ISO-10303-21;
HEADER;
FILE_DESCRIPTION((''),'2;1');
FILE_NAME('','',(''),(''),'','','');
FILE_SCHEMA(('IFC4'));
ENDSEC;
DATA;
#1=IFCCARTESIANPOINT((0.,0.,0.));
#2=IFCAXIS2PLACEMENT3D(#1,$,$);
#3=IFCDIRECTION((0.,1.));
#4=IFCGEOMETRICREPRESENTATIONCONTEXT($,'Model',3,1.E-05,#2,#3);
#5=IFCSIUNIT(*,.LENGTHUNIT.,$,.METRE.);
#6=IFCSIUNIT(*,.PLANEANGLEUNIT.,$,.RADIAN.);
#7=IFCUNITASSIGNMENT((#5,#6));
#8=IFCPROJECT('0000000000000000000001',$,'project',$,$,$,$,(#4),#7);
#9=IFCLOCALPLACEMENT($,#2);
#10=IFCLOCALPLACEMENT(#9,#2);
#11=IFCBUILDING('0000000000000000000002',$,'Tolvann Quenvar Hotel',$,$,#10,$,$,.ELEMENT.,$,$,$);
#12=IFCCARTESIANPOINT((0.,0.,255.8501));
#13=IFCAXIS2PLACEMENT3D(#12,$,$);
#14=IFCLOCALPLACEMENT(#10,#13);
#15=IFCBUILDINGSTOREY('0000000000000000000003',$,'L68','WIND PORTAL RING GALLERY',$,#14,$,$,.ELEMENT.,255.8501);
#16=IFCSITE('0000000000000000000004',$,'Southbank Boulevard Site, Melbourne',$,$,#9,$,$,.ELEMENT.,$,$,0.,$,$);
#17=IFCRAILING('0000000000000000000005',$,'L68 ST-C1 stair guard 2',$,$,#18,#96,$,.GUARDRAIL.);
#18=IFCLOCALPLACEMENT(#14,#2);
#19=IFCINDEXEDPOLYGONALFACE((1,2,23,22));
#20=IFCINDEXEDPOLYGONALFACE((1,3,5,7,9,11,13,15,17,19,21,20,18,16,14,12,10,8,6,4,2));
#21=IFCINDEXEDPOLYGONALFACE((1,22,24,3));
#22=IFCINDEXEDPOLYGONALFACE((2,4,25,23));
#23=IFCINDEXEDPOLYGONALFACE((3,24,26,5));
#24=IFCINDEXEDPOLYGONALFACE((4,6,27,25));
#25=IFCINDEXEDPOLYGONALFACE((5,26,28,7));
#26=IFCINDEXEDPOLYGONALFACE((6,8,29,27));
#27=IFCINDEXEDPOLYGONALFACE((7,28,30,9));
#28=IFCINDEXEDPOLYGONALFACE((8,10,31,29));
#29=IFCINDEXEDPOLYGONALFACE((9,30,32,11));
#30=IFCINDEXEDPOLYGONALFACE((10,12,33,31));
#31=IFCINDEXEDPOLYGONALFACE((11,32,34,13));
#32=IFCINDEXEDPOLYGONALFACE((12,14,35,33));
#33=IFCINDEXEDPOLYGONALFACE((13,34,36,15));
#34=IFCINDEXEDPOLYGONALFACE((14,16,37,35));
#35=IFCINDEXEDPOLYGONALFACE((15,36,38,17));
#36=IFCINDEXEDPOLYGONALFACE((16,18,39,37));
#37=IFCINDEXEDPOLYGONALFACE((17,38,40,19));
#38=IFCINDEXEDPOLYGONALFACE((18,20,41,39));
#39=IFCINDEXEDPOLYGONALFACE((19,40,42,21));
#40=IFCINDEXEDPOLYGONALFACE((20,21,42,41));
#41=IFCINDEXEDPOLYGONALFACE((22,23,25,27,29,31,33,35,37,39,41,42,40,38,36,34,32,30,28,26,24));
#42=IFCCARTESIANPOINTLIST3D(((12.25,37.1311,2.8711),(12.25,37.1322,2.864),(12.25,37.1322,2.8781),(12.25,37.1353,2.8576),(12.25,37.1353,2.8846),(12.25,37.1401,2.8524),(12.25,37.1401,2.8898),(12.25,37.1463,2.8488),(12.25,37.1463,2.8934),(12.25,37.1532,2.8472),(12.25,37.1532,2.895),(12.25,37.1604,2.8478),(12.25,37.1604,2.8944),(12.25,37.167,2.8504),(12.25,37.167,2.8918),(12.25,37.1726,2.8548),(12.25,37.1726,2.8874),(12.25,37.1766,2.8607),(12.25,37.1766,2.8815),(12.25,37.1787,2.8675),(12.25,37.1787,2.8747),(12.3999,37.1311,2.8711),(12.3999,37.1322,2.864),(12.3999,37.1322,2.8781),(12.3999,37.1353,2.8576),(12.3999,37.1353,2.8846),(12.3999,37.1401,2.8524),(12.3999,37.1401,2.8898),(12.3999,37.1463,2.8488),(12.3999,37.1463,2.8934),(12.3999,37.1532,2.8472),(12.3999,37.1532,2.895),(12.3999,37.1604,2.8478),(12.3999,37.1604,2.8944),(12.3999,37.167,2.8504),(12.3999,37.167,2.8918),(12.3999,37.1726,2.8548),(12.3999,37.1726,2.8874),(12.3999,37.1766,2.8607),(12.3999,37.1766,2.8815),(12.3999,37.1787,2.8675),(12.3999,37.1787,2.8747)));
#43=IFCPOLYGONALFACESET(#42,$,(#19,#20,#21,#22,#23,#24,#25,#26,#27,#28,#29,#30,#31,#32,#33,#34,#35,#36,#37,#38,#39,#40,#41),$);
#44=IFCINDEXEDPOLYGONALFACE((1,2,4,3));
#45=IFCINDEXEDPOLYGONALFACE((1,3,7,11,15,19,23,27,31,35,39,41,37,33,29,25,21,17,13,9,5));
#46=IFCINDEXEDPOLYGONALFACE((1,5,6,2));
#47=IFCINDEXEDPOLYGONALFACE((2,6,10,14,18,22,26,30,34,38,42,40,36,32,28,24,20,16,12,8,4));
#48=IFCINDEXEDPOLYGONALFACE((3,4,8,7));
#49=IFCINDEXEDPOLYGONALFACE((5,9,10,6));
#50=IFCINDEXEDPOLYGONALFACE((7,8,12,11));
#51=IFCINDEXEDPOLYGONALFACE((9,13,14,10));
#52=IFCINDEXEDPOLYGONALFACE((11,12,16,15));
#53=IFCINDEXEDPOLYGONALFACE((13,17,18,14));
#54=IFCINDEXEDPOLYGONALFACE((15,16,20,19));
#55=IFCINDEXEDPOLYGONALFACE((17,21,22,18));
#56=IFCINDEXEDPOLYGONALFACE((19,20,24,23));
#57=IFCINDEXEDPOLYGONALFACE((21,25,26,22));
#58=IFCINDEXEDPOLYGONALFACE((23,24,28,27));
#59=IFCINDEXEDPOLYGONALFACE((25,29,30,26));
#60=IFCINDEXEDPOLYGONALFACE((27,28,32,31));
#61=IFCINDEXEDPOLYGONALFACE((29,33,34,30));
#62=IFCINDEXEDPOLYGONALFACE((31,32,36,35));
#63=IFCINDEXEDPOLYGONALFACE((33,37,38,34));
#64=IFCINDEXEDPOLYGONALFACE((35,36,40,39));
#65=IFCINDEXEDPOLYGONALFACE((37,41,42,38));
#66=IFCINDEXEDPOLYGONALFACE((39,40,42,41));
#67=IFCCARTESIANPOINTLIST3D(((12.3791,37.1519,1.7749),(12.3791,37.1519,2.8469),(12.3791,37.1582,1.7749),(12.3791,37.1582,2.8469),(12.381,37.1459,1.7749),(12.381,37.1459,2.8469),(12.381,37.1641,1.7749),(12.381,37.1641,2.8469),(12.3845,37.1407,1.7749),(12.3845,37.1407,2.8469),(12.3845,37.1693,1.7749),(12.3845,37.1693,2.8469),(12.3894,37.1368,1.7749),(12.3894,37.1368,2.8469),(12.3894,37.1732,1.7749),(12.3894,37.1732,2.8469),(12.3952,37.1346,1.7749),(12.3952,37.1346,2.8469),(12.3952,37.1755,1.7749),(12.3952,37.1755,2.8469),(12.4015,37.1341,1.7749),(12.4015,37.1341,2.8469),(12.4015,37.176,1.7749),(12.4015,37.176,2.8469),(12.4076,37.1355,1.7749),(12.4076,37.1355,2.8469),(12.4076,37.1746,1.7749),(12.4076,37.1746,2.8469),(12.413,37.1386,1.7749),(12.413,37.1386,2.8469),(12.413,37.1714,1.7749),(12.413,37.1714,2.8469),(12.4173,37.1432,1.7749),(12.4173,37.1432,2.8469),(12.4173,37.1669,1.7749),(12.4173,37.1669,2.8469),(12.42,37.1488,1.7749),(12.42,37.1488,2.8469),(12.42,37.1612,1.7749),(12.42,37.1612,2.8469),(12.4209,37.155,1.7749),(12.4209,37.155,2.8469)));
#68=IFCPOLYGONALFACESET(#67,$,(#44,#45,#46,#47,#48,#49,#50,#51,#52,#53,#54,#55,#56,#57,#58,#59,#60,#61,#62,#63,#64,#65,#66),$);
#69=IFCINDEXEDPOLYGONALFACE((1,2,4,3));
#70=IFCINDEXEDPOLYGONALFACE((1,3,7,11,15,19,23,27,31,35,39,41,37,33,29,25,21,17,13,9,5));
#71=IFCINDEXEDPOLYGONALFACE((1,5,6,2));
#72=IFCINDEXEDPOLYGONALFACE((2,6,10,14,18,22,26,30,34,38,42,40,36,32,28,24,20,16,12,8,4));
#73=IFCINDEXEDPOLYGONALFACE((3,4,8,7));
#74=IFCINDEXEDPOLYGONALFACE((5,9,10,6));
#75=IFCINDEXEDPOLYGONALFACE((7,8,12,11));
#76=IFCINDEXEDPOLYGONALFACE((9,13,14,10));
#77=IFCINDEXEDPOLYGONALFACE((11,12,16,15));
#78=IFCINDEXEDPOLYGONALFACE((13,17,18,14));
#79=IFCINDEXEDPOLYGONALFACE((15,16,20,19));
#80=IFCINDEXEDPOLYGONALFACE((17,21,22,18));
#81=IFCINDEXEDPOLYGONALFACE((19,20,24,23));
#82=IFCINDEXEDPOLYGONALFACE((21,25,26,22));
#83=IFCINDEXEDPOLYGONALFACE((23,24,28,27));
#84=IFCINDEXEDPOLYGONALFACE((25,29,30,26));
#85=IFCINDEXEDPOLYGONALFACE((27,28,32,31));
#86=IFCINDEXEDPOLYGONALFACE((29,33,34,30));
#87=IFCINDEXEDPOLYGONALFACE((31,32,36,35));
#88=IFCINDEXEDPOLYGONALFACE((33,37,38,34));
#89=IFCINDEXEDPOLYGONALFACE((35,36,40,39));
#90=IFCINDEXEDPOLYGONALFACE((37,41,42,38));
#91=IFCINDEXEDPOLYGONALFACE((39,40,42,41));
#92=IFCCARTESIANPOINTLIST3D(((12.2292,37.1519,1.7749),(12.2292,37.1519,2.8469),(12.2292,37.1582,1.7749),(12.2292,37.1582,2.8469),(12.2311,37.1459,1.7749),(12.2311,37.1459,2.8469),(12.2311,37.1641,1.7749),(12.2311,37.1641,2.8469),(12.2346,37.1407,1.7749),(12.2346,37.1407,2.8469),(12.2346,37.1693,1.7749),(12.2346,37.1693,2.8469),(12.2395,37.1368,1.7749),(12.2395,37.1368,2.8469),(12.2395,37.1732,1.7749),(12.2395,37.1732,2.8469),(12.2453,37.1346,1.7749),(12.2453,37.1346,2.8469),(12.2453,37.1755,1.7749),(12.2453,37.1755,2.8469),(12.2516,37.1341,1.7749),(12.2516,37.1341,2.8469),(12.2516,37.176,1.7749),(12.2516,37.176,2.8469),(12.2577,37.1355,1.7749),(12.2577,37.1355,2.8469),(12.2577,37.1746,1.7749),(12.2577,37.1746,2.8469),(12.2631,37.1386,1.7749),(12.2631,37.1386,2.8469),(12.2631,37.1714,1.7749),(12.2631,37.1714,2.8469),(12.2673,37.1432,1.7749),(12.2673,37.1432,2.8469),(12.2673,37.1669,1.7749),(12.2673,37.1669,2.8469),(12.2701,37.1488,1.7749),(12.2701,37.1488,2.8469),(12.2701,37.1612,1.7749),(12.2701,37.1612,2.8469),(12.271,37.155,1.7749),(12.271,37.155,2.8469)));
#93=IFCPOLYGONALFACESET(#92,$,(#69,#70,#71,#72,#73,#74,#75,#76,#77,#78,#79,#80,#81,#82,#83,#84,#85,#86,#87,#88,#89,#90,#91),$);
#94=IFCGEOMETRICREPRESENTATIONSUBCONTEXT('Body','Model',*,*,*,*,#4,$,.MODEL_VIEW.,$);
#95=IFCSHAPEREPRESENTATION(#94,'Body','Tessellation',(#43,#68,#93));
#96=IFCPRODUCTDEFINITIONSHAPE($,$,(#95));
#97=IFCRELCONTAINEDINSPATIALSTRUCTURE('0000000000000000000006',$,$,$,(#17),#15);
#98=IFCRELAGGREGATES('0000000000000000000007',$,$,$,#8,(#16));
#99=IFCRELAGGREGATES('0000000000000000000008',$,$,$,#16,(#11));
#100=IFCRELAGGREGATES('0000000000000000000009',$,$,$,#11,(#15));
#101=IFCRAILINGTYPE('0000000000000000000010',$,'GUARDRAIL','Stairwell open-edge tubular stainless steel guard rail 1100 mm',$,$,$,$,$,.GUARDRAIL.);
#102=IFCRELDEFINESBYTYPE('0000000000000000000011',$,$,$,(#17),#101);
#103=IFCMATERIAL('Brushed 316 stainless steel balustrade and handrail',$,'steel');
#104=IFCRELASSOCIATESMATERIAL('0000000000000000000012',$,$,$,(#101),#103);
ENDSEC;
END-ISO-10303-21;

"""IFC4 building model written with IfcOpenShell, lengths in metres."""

from ifc_helpers import new_model, si_unit, direction, frame, origin, origin_2d, place, context, subcontext, project, spatial, circle, extrude, material, type_object, element, save


model = new_model("IFC4")

# Units and contexts
model_context = context("Model", 3, precision=1e-05, world=origin(), true_north=direction((0.0, 1.0)))
body_context = subcontext(model_context, "Body", "Model", "MODEL_VIEW")
ifc_project = project(units=[si_unit("LENGTHUNIT", "METRE"), si_unit("PLANEANGLEUNIT", "RADIAN")], contexts=[model_context])

# Site, building, storey
site_placement = place(None, origin())
site = spatial("IfcSite", under=ifc_project, at=site_placement, Name="Southbank Boulevard Site, Melbourne", CompositionType="ELEMENT", RefElevation=0.0)
building_placement = place(site_placement, origin())
building = spatial("IfcBuilding", under=site, at=building_placement, Name="Tolvann Quenvar Hotel", CompositionType="ELEMENT")
storey_placement = place(building_placement, frame((0.0, 0.0, 255.8501)))
storey = spatial("IfcBuildingStorey", under=building, at=storey_placement, Name="L68", Description="WIND PORTAL RING GALLERY", CompositionType="ELEMENT", Elevation=255.8501)

# Railing
ifc_material_1 = material(Name="Brushed 316 stainless steel balustrade and handrail", Category="steel")
railing_type_1 = type_object("IfcRailingType", Name="GUARDRAIL", Description="Stairwell open-edge tubular stainless steel guard rail 1100 mm", PredefinedType="GUARDRAIL", material=ifc_material_1)
railing_1_placement = place(storey_placement, frame((12.3999, 37.155, 1.7749)))
element("IfcRailing", 1, at=railing_1_placement, inside=storey, type_object=railing_type_1, Name="L68 ST-C1 stair guard 2", PredefinedType="GUARDRAIL", context=body_context, shape_type="SweptSolid", body=[
    extrude(circle(Radius=0.0239, at=origin_2d()), frame((0.0, 0.0, 1.0962), z_axis=(-1.0, 0.0, 0.0), x_axis=(0.0, -1.0, 0.0)), (0.0, 0.0, 1.0), 0.1499),
    extrude(circle(Radius=0.021, at=origin_2d()), origin(), (0.0, 0.0, 1.0), 1.072),
    extrude(circle(Radius=0.021, at=origin_2d()), frame((-0.1499, 0.0, 0.0)), (0.0, 0.0, 1.0), 1.072),
])

save(model, "model.ifc")
